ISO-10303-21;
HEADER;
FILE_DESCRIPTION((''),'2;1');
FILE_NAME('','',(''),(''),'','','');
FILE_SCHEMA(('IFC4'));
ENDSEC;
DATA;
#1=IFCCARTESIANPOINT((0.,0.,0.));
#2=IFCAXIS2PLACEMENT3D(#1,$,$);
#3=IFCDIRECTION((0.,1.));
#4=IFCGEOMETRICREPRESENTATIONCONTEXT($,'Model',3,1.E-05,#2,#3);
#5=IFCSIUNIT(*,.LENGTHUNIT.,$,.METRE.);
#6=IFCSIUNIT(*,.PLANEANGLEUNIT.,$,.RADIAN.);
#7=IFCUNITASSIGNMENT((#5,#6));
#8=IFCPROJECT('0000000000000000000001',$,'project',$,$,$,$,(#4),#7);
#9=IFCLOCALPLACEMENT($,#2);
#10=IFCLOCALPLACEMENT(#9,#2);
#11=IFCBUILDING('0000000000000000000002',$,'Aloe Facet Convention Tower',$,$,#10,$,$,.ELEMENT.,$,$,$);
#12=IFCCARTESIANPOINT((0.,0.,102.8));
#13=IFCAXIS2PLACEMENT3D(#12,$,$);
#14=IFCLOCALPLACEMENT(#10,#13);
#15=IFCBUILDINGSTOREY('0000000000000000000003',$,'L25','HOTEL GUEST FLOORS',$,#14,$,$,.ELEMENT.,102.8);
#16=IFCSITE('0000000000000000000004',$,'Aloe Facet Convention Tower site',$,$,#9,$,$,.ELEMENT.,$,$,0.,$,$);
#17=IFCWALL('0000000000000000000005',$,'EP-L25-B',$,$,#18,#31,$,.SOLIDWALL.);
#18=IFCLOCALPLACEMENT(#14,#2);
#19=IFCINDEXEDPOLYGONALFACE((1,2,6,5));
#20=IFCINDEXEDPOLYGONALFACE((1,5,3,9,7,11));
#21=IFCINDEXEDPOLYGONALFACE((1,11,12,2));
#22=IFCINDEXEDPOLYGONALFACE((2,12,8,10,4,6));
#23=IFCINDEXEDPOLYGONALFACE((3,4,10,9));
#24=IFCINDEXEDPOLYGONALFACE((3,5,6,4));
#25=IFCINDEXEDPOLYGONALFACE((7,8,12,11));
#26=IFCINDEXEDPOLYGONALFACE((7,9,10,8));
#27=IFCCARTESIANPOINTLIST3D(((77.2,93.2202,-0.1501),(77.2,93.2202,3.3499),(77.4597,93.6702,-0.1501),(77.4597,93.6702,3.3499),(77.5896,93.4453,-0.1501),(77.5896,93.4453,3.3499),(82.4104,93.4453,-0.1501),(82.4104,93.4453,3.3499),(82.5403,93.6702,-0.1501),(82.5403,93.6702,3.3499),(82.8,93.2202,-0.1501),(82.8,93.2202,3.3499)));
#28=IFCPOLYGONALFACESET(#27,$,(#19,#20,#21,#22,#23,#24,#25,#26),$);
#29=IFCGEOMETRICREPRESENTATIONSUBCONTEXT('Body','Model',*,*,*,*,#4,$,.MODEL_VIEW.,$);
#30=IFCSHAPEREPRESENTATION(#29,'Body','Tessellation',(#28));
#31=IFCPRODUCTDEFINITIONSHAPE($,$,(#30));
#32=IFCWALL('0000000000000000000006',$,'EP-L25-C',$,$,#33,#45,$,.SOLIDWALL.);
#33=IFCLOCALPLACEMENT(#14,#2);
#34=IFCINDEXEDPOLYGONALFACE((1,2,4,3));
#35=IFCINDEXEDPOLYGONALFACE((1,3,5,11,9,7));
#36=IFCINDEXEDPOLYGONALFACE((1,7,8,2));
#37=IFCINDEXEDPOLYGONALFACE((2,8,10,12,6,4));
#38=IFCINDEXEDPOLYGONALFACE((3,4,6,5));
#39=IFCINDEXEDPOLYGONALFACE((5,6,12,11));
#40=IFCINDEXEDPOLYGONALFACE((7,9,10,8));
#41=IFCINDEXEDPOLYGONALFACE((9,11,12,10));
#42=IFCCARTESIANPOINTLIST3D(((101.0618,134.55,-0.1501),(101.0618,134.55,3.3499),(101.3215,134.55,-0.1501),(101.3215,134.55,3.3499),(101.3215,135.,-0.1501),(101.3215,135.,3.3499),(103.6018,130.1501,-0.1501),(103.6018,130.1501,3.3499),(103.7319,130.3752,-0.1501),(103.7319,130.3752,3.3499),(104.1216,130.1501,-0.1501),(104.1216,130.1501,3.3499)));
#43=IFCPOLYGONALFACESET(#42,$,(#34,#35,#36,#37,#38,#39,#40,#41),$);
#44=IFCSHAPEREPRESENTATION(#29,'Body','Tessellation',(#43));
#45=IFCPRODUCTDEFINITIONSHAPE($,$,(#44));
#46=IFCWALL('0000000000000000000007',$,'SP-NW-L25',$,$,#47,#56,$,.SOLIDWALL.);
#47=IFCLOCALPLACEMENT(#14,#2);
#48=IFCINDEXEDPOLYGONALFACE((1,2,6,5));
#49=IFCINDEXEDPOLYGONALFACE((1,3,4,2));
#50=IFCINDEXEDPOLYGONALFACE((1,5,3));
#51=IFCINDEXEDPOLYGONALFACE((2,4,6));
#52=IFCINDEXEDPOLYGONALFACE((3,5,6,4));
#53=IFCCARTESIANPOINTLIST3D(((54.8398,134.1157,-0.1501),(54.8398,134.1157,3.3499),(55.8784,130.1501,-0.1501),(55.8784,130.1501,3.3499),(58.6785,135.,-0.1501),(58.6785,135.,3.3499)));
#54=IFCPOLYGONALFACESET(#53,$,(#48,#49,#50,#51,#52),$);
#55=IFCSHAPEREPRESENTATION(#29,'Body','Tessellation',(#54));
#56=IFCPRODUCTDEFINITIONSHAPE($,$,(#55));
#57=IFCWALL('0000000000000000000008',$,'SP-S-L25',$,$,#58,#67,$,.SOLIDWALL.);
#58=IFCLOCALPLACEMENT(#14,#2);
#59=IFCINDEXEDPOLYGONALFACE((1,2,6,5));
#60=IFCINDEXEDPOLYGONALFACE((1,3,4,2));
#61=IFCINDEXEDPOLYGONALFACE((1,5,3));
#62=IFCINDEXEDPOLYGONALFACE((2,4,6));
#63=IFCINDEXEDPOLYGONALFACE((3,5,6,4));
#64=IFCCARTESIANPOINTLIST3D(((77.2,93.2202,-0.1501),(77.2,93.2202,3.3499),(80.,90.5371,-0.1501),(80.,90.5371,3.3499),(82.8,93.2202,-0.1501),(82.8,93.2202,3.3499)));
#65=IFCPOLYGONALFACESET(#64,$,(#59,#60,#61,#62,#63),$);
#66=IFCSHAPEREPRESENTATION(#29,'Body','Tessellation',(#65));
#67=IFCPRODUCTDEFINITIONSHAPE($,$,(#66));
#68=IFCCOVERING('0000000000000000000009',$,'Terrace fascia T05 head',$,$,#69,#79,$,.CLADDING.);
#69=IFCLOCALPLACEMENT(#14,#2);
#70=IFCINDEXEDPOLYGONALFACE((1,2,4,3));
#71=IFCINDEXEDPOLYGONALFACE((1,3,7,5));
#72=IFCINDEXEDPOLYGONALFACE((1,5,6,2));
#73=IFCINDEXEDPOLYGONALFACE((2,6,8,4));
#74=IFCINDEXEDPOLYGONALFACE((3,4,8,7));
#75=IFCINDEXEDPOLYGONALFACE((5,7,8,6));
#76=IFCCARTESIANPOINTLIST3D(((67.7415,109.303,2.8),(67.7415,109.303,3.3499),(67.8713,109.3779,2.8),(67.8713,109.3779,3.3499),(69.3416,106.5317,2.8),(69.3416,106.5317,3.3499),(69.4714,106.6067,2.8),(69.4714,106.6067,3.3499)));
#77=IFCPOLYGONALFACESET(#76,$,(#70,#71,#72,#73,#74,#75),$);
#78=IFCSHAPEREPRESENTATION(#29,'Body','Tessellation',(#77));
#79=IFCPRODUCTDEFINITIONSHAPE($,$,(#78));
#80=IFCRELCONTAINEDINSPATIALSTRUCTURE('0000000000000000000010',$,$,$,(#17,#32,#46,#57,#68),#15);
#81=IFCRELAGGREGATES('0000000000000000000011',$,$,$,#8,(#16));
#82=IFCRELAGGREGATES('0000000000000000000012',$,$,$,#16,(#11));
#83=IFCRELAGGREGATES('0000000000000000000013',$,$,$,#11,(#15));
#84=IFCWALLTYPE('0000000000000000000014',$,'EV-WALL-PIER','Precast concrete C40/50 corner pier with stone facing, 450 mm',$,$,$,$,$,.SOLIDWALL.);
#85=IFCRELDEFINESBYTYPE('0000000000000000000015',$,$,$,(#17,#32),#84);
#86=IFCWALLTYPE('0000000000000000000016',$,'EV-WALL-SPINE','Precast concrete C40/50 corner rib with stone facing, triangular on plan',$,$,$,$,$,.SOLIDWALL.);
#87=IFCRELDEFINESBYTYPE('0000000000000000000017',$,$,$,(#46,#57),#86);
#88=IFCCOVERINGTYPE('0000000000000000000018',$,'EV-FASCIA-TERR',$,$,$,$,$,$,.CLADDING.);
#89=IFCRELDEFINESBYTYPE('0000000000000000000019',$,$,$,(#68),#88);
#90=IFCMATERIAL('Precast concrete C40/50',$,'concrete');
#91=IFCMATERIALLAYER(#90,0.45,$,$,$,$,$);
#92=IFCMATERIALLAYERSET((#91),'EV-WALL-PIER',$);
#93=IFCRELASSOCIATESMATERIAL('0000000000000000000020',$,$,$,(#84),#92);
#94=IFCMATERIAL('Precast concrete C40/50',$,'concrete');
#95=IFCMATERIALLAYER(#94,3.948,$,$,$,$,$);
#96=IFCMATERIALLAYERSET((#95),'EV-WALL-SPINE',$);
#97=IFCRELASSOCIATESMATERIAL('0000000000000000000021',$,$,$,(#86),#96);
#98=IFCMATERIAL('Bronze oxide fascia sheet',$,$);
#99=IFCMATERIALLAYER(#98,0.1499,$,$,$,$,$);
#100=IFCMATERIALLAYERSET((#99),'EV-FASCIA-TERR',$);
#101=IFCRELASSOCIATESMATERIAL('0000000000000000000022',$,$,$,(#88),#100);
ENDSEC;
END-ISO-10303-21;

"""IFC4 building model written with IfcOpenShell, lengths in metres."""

from ifc_helpers import new_model, si_unit, direction, frame, origin, place, context, subcontext, project, spatial, polyline, outline, extrude, material, layer, layer_set, type_object, element, save


model = new_model("IFC4")

# Units and contexts
model_context = context("Model", 3, precision=1e-05, world=origin(), true_north=direction((0.0, 1.0)))
body_context = subcontext(model_context, "Body", "Model", "MODEL_VIEW")
ifc_project = project(units=[si_unit("LENGTHUNIT", "METRE"), si_unit("PLANEANGLEUNIT", "RADIAN")], contexts=[model_context])

# Site, building, storey
site_placement = place(None, origin())
site = spatial("IfcSite", under=ifc_project, at=site_placement, Name="Aloe Facet Convention Tower site", CompositionType="ELEMENT", RefElevation=0.0)
building_placement = place(site_placement, origin())
building = spatial("IfcBuilding", under=site, at=building_placement, Name="Aloe Facet Convention Tower", CompositionType="ELEMENT")
storey_placement = place(building_placement, frame((0.0, 0.0, 102.8)))
storey = spatial("IfcBuildingStorey", under=building, at=storey_placement, Name="L25", Description="HOTEL GUEST FLOORS", CompositionType="ELEMENT", Elevation=102.8)

# Walls
ifc_material_1 = material(Name="Precast concrete C40/50", Category="concrete")
ifc_layer_1 = layer(ifc_material_1, 0.45)
ifc_layer_set_1 = layer_set([ifc_layer_1], Name="EV-WALL-PIER")
wall_type_1 = type_object("IfcWallType", Name="EV-WALL-PIER", Description="Precast concrete C40/50 corner pier with stone facing, 450 mm", PredefinedType="SOLIDWALL", material=ifc_layer_set_1)
wall_1_placement = place(storey_placement, frame((0.0, 0.0, -0.1501)))
element("IfcWall", 1, at=wall_1_placement, inside=storey, type_object=wall_type_1, Name="EP-L25-B", PredefinedType="SOLIDWALL", context=body_context, shape_type="SweptSolid", body=[
    extrude(outline(polyline([(77.2, 93.2202), (77.5896, 93.4453), (77.4597, 93.6702), (82.5403, 93.6702), (82.4104, 93.4453), (82.8, 93.2202), (77.2, 93.2202)])), origin(), (0.0, 0.0, 1.0), 3.5),
])
wall_2_placement = place(storey_placement, frame((0.0, 0.0, -0.1501)))
element("IfcWall", 2, at=wall_2_placement, inside=storey, type_object=wall_type_1, Name="EP-L25-C", PredefinedType="SOLIDWALL", context=body_context, shape_type="SweptSolid", body=[
    extrude(outline(polyline([(104.1216, 130.1501), (103.7319, 130.3752), (103.6018, 130.1501), (101.0618, 134.55), (101.3215, 134.55), (101.3215, 135.0), (104.1216, 130.1501)])), origin(), (0.0, 0.0, 1.0), 3.5),
])
ifc_material_2 = material(Name="Precast concrete C40/50", Category="concrete")
ifc_layer_2 = layer(ifc_material_2, 3.948)
ifc_layer_set_2 = layer_set([ifc_layer_2], Name="EV-WALL-SPINE")
wall_type_2 = type_object("IfcWallType", Name="EV-WALL-SPINE", Description="Precast concrete C40/50 corner rib with stone facing, triangular on plan", PredefinedType="SOLIDWALL", material=ifc_layer_set_2)
wall_3_placement = place(storey_placement, frame((0.0, 0.0, -0.1501)))
element("IfcWall", 3, at=wall_3_placement, inside=storey, type_object=wall_type_2, Name="SP-NW-L25", PredefinedType="SOLIDWALL", context=body_context, shape_type="SweptSolid", body=[
    extrude(outline(polyline([(58.6785, 135.0), (54.8398, 134.1157), (55.8784, 130.1501), (58.6785, 135.0)])), origin(), (0.0, 0.0, 1.0), 3.5),
])
wall_4_placement = place(storey_placement, frame((0.0, 0.0, -0.1501)))
element("IfcWall", 4, at=wall_4_placement, inside=storey, type_object=wall_type_2, Name="SP-S-L25", PredefinedType="SOLIDWALL", context=body_context, shape_type="SweptSolid", body=[
    extrude(outline(polyline([(77.2, 93.2202), (80.0, 90.5371), (82.8, 93.2202), (77.2, 93.2202)])), origin(), (0.0, 0.0, 1.0), 3.5),
])

# Covering
ifc_material_3 = material(Name="Bronze oxide fascia sheet")
ifc_layer_3 = layer(ifc_material_3, 0.1499)
ifc_layer_set_3 = layer_set([ifc_layer_3], Name="EV-FASCIA-TERR")
covering_type = type_object("IfcCoveringType", Name="EV-FASCIA-TERR", PredefinedType="CLADDING", material=ifc_layer_set_3)
covering_placement = place(storey_placement, frame((0.0, 0.0, 2.8)))
element("IfcCovering", 5, at=covering_placement, inside=storey, type_object=covering_type, Name="Terrace fascia T05 head", PredefinedType="CLADDING", context=body_context, shape_type="SweptSolid", body=[
    extrude(outline(polyline([(67.7415, 109.303), (69.3416, 106.5317), (69.4714, 106.6067), (67.8713, 109.3779), (67.7415, 109.303)])), origin(), (0.0, 0.0, 1.0), 0.5498),
])

save(model, "model.ifc")
